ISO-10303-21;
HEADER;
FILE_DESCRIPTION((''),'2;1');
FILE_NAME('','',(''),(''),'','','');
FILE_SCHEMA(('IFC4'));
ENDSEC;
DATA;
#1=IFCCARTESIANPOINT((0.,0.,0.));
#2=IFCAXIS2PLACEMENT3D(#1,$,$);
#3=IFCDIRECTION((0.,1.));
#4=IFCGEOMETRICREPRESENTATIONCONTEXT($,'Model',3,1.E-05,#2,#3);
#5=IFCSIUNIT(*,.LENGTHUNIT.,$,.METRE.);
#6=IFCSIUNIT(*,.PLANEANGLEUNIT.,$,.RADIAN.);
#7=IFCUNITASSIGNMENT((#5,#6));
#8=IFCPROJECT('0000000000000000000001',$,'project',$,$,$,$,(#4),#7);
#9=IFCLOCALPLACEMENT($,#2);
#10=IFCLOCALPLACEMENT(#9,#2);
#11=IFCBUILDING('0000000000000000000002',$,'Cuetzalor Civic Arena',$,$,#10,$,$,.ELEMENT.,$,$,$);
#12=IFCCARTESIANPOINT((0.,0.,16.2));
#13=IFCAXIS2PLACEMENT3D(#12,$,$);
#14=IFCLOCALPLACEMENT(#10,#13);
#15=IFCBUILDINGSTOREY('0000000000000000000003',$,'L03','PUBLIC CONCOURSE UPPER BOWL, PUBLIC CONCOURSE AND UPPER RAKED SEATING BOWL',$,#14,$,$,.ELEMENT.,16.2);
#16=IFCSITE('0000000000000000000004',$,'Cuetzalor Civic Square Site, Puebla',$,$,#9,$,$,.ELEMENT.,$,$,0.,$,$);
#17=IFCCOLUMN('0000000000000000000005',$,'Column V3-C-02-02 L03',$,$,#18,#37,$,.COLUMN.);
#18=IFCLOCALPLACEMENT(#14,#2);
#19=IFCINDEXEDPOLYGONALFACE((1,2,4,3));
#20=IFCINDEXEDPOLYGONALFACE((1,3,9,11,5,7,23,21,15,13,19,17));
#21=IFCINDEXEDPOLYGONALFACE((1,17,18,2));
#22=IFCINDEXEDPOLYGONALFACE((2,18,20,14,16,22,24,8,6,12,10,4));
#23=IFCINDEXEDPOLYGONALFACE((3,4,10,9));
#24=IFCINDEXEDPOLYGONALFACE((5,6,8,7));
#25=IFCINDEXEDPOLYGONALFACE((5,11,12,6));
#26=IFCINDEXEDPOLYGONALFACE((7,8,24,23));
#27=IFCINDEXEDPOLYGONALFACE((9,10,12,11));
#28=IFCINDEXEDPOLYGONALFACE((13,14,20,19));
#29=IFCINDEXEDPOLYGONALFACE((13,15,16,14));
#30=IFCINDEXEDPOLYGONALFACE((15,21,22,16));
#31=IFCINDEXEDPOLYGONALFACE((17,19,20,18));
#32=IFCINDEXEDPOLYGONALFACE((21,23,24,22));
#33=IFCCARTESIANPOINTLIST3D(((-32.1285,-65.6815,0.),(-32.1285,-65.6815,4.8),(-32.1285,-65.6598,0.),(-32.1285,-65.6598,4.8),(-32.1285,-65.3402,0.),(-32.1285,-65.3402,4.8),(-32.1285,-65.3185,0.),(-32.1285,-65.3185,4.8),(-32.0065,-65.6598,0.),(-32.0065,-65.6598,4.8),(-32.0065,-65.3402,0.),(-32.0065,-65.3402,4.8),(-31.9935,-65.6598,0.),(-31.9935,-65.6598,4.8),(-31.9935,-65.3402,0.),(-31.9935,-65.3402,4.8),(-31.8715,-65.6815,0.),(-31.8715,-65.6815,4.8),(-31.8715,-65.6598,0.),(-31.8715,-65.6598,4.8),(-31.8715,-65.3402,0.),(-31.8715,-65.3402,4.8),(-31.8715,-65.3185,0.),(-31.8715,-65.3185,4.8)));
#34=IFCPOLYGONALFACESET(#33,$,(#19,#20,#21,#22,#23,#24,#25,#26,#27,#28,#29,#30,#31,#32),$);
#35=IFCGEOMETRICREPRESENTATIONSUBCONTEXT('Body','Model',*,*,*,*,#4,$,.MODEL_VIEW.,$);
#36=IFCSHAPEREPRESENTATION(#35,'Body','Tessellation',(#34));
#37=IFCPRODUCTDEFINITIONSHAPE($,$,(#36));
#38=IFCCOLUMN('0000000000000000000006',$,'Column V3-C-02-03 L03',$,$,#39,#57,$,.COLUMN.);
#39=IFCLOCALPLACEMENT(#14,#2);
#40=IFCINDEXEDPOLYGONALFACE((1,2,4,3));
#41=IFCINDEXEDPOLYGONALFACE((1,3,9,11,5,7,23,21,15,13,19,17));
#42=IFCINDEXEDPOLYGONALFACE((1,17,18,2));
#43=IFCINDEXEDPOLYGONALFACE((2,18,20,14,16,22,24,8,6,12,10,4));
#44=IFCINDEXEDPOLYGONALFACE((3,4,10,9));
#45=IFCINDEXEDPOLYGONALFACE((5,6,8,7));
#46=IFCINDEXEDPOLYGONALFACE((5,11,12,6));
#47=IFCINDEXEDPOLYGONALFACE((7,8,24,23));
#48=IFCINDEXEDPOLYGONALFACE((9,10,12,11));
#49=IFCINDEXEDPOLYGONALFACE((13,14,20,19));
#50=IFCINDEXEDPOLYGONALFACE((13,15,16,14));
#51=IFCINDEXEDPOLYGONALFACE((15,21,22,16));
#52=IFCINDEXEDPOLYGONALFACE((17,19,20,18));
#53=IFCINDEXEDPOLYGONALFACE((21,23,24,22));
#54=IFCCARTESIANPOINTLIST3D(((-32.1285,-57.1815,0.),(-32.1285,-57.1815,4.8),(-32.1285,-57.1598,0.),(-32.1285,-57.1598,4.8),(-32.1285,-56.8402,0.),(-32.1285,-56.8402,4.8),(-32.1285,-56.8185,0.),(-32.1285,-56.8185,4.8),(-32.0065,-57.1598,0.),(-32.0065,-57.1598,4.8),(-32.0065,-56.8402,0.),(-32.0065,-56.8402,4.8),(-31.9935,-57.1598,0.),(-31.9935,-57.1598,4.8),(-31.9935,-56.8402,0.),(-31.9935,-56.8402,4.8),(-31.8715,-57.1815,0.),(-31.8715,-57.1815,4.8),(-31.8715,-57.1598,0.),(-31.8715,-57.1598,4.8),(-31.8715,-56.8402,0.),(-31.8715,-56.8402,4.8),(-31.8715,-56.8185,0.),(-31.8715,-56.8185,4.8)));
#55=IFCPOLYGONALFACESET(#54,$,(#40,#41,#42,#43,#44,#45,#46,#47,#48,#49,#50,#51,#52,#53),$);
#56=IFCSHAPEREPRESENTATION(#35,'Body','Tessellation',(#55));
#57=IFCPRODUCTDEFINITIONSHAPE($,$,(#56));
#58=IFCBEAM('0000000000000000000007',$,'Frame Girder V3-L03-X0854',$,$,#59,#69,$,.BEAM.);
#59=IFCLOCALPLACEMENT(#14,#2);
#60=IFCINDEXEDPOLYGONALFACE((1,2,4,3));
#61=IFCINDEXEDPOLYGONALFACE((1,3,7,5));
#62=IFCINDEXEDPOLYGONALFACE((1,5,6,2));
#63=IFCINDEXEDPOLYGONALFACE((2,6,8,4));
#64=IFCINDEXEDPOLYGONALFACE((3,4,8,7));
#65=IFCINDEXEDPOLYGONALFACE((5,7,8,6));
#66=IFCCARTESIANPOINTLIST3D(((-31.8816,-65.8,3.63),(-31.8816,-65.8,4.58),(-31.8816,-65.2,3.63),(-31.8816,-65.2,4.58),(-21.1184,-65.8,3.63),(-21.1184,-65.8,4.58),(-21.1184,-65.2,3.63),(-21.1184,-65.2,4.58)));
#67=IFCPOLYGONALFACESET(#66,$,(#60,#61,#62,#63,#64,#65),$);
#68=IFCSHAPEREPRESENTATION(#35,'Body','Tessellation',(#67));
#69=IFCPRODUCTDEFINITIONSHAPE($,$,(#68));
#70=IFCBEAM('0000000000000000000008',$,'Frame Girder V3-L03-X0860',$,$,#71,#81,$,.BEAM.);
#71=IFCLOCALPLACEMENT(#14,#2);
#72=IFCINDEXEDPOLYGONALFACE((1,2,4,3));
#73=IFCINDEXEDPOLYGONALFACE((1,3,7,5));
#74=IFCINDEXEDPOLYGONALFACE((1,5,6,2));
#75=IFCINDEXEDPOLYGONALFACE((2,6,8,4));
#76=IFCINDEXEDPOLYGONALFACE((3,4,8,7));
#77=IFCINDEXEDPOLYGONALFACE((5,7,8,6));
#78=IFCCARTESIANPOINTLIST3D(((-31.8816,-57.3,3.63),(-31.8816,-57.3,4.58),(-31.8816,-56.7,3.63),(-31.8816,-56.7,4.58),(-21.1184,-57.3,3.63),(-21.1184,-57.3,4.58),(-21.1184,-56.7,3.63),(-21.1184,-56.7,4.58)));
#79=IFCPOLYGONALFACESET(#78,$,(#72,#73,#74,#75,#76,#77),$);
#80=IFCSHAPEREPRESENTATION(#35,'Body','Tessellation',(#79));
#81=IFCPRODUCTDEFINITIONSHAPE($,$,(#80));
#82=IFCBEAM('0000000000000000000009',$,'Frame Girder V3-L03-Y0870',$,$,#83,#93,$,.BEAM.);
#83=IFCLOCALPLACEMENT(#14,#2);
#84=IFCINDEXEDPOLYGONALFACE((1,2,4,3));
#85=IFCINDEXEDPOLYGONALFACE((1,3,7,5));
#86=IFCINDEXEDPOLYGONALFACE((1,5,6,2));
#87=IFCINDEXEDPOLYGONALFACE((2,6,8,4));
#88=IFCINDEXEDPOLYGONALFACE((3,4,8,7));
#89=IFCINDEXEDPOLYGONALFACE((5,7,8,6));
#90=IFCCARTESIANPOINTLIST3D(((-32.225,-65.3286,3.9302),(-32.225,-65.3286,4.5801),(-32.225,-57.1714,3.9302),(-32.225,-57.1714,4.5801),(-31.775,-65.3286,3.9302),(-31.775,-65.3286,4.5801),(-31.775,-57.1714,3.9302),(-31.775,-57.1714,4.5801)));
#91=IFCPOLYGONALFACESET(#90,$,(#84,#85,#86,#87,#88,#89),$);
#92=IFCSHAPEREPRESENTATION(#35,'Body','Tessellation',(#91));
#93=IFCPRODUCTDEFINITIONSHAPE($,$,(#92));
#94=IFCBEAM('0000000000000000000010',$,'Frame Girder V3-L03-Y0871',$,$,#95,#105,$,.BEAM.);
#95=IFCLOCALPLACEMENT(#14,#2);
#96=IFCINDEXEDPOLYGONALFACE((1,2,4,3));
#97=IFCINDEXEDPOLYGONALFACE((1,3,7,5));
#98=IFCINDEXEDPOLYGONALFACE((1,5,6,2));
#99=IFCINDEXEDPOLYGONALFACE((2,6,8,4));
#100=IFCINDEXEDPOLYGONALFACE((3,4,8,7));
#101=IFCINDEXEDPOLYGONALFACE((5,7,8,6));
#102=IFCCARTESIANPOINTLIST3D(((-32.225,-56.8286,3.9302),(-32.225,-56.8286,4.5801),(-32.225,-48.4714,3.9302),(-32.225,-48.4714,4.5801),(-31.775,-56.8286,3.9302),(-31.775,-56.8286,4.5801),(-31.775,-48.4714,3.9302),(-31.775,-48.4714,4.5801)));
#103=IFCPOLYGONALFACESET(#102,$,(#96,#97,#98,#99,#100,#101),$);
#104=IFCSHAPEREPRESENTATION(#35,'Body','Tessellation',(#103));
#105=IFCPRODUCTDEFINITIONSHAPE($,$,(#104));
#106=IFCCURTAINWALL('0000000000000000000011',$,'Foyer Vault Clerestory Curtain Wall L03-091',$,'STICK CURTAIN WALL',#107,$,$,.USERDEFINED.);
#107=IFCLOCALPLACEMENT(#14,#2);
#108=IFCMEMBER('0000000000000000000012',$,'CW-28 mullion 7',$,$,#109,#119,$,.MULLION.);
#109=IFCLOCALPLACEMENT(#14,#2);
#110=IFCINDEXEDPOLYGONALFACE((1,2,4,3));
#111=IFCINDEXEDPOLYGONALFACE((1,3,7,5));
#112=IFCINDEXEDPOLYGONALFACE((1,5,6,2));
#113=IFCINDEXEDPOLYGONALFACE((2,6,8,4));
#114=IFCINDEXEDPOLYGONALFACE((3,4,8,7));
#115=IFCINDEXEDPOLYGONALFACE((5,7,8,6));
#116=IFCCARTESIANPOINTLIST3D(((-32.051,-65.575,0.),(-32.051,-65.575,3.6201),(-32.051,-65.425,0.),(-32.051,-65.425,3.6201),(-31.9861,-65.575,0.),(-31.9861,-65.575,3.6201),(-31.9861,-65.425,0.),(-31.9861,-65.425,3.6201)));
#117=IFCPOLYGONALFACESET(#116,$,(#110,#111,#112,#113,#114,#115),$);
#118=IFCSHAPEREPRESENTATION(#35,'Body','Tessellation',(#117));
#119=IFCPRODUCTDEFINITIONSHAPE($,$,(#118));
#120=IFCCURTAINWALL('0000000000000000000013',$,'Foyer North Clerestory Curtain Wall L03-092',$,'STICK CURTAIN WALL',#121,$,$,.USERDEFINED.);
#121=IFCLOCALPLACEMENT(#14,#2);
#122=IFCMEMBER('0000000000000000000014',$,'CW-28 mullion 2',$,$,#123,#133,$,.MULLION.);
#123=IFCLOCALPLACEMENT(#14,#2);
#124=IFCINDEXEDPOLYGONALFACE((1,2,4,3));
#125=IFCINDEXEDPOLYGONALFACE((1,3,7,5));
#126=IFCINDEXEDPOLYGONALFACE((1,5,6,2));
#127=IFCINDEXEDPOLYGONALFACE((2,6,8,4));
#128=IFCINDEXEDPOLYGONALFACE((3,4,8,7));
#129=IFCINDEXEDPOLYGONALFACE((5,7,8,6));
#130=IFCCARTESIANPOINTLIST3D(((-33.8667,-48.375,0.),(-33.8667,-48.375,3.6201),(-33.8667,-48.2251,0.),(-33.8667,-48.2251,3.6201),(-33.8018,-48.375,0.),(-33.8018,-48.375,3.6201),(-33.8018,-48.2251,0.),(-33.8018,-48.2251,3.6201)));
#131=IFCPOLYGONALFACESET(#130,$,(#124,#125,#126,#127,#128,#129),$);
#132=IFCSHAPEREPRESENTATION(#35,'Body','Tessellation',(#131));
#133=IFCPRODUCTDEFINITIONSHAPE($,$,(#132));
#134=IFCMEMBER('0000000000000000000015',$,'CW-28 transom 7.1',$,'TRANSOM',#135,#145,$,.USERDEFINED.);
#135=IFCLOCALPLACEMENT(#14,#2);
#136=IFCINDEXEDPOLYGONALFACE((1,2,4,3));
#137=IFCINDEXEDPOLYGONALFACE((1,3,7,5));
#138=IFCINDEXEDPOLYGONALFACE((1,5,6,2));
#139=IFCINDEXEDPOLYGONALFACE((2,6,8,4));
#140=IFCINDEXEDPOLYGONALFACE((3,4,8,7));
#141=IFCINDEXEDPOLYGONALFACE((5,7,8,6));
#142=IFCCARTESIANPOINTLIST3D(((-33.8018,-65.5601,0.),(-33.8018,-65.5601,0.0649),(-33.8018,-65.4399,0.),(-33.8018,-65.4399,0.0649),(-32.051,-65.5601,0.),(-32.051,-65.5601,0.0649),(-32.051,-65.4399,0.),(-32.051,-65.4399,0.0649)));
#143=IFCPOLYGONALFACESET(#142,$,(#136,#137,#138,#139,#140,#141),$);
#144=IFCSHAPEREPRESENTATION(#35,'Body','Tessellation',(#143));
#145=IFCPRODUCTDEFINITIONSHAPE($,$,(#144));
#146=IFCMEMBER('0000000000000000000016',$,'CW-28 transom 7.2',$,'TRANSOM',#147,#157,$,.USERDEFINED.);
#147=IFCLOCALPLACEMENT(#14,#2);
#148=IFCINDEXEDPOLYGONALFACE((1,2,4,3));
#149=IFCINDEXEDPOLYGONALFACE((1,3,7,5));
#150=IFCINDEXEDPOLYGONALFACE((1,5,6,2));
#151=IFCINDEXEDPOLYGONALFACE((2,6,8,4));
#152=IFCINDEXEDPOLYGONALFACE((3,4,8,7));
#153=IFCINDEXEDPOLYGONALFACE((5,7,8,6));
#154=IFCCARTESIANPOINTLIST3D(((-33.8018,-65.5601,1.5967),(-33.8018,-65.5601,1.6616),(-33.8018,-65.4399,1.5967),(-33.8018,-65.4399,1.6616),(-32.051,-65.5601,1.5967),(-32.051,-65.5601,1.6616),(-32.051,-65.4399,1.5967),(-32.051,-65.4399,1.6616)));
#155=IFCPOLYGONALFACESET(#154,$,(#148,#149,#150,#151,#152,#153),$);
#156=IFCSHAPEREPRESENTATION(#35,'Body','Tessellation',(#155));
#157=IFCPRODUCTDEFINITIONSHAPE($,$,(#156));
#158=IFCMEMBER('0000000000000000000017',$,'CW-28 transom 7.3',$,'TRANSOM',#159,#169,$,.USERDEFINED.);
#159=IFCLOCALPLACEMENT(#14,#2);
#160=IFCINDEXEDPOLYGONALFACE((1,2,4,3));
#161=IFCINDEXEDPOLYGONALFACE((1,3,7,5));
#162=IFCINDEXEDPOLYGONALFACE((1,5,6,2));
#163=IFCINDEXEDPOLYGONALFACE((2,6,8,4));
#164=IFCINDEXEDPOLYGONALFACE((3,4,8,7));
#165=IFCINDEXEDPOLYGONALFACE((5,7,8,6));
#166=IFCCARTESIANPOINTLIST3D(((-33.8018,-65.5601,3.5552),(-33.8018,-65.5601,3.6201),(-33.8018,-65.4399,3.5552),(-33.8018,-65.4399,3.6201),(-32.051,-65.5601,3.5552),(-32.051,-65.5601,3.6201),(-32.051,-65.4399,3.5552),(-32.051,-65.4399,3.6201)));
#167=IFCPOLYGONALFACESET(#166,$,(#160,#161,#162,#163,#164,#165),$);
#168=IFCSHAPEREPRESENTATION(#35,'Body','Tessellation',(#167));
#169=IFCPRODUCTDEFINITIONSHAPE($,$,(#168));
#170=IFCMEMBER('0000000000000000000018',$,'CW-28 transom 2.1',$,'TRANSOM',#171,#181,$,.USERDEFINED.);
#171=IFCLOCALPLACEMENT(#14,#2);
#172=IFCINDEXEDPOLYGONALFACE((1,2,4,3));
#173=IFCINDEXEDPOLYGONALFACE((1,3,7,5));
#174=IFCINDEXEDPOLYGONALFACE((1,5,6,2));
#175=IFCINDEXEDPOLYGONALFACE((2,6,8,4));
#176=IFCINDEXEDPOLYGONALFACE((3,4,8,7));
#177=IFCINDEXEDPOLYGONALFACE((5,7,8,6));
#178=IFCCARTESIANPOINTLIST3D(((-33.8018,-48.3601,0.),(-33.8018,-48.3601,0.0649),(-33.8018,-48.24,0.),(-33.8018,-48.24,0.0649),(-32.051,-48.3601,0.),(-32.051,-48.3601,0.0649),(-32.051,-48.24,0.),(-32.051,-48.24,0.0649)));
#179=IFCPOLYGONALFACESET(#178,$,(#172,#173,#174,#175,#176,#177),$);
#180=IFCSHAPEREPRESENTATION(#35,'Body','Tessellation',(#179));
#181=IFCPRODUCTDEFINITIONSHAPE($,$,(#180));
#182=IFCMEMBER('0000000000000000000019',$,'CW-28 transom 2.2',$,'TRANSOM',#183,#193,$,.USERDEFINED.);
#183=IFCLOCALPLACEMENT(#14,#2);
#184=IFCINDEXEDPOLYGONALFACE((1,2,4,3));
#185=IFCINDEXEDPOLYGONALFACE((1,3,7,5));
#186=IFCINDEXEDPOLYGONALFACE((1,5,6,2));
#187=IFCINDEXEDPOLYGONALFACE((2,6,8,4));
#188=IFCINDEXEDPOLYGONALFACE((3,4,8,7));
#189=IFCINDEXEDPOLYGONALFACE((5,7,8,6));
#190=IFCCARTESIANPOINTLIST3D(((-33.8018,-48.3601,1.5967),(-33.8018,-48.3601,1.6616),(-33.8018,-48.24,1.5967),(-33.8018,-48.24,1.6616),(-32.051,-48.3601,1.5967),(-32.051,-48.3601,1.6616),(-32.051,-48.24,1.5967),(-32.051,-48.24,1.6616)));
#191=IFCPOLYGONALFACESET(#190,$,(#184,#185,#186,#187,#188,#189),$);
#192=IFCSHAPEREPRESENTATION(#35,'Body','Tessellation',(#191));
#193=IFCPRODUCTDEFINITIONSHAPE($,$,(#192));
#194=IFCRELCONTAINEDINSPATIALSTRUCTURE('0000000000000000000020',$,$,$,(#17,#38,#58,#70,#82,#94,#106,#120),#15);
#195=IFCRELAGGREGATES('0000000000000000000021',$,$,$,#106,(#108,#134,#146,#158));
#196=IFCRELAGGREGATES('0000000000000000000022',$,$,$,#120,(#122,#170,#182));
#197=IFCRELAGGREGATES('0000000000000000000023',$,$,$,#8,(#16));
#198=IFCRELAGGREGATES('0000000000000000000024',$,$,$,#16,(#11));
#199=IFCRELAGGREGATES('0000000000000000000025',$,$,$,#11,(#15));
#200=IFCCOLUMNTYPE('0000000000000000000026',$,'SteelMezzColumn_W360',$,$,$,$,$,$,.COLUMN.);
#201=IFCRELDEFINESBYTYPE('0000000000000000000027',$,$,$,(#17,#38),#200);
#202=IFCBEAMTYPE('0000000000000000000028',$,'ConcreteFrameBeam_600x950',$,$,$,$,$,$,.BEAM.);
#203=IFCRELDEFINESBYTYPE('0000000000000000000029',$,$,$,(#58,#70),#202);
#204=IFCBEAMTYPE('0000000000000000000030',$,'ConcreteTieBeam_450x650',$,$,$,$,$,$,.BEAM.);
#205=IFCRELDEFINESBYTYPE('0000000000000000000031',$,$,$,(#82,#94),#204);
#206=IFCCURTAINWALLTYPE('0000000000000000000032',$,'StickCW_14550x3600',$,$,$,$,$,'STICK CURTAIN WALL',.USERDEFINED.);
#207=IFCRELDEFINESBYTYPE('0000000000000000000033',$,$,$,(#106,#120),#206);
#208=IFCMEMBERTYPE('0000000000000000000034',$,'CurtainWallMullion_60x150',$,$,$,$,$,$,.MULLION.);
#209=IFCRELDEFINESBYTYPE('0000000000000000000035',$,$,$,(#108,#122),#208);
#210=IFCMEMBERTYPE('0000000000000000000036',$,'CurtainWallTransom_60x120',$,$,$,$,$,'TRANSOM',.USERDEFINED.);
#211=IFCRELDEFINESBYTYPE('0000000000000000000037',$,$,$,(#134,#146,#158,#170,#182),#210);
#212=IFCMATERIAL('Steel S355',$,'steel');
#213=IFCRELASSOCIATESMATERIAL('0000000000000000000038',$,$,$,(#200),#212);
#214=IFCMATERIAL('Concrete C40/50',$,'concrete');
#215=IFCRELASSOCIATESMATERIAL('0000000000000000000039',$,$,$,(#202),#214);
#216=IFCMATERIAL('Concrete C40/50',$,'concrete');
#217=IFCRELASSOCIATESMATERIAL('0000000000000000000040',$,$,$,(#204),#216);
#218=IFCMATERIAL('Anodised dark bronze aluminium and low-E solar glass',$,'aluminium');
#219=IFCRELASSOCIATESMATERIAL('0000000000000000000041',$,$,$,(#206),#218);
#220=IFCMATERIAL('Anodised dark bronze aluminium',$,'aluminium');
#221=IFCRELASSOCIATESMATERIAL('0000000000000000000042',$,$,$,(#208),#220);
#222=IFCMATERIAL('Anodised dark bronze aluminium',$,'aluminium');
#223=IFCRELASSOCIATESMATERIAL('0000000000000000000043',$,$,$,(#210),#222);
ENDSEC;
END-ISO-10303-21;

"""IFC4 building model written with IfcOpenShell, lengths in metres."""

from ifc_helpers import new_model, si_unit, direction, frame, origin, origin_2d, place, context, subcontext, project, spatial, rectangle, i_section, extrude, material, material_profile, profile_set, type_object, element, aggregate, save


model = new_model("IFC4")

# Units and contexts
model_context = context("Model", 3, precision=1e-05, world=origin(), true_north=direction((0.0, 1.0)))
body_context = subcontext(model_context, "Body", "Model", "MODEL_VIEW")
ifc_project = project(units=[si_unit("LENGTHUNIT", "METRE"), si_unit("PLANEANGLEUNIT", "RADIAN")], contexts=[model_context])

# Site, building, storey
site_placement = place(None, origin())
site = spatial("IfcSite", under=ifc_project, at=site_placement, Name="Cuetzalor Civic Square Site, Puebla", CompositionType="ELEMENT", RefElevation=0.0)
building_placement = place(site_placement, origin())
building = spatial("IfcBuilding", under=site, at=building_placement, Name="Cuetzalor Civic Arena", CompositionType="ELEMENT")
storey_placement = place(building_placement, frame((0.0, 0.0, 16.2)))
storey = spatial("IfcBuildingStorey", under=building, at=storey_placement, Name="L03", Description="PUBLIC CONCOURSE UPPER BOWL, PUBLIC CONCOURSE AND UPPER RAKED SEATING BOWL", CompositionType="ELEMENT", Elevation=16.2)

# Columns
ifc_material_1 = material(Name="Steel S355", Category="steel")
ifc_material_profile_1 = material_profile(ifc_material_1, i_section(OverallWidth=0.2571, OverallDepth=0.363, WebThickness=0.0129, FlangeThickness=0.0217, at=origin_2d()), Name="W360x122")
ifc_profile_set_1 = profile_set([ifc_material_profile_1], Name="Steel S355")
column_type = type_object("IfcColumnType", Name="SteelMezzColumn_W360", PredefinedType="COLUMN", material=ifc_profile_set_1)
for number, where, z_axis, x_axis, name in (
    (1, (-32.0, -65.5, 0.0), (0.0, 0.0, 1.0), (1.0, 0.0, 0.0), "Column V3-C-02-02 L03"),
    (2, (-32.0, -57.0, 0.0), (0.0, 0.0, 1.0), (1.0, 0.0, 0.0), "Column V3-C-02-03 L03"),
):
    element("IfcColumn", number, at=place(storey_placement, frame(where, z_axis=z_axis, x_axis=x_axis)), inside=storey, type_object=column_type, Name=name, PredefinedType="COLUMN", context=body_context, shape_type="SweptSolid", body=[
        extrude(i_section(OverallWidth=0.2571, OverallDepth=0.363, WebThickness=0.0129, FlangeThickness=0.0217, at=origin_2d()), origin(), (0.0, 0.0, 1.0), 4.8),
    ])

# Beams
ifc_material_2 = material(Name="Concrete C40/50", Category="concrete")
ifc_material_profile_2 = material_profile(ifc_material_2, rectangle(XDim=0.6001, YDim=0.95, at=origin_2d()), Name="RC 600x950")
ifc_profile_set_2 = profile_set([ifc_material_profile_2], Name="Concrete C40/50")
beam_type_1 = type_object("IfcBeamType", Name="ConcreteFrameBeam_600x950", PredefinedType="BEAM", material=ifc_profile_set_2)
for number, where, z_axis, x_axis, name in (
    (3, (-31.8816, -65.5, 4.105), (1.0, 0.0, 0.0), (0.0, 1.0, 0.0), "Frame Girder V3-L03-X0854"),
    (4, (-31.8816, -57.0, 4.105), (1.0, 0.0, 0.0), (0.0, 1.0, 0.0), "Frame Girder V3-L03-X0860"),
):
    element("IfcBeam", number, at=place(storey_placement, frame(where, z_axis=z_axis, x_axis=x_axis)), inside=storey, type_object=beam_type_1, Name=name, PredefinedType="BEAM", context=body_context, shape_type="SweptSolid", body=[
        extrude(rectangle(XDim=0.6001, YDim=0.95, at=origin_2d()), origin(), (0.0, 0.0, 1.0), 10.7632),
    ])
ifc_material_3 = material(Name="Concrete C40/50", Category="concrete")
ifc_material_profile_3 = material_profile(ifc_material_3, rectangle(XDim=0.45, YDim=0.6499, at=origin_2d()), Name="RC 450x650")
ifc_profile_set_3 = profile_set([ifc_material_profile_3], Name="Concrete C40/50")
beam_type_2 = type_object("IfcBeamType", Name="ConcreteTieBeam_450x650", PredefinedType="BEAM", material=ifc_profile_set_3)
beam_1_placement = place(storey_placement, frame((-32.0, -65.3286, 4.2551), z_axis=(0.0, 1.0, 0.0), x_axis=(-1.0, 0.0, 0.0)))
element("IfcBeam", 5, at=beam_1_placement, inside=storey, type_object=beam_type_2, Name="Frame Girder V3-L03-Y0870", PredefinedType="BEAM", context=body_context, shape_type="SweptSolid", body=[
    extrude(rectangle(XDim=0.45, YDim=0.6499, at=origin_2d()), origin(), (0.0, 0.0, 1.0), 8.1572),
])
beam_2_placement = place(storey_placement, frame((-32.0, -56.8286, 4.2551), z_axis=(0.0, 1.0, 0.0), x_axis=(-1.0, 0.0, 0.0)))
element("IfcBeam", 6, at=beam_2_placement, inside=storey, type_object=beam_type_2, Name="Frame Girder V3-L03-Y0871", PredefinedType="BEAM", context=body_context, shape_type="SweptSolid", body=[
    extrude(rectangle(XDim=0.45, YDim=0.6499, at=origin_2d()), origin(), (0.0, 0.0, 1.0), 8.3572),
])

# Curtain walls, members
ifc_material_4 = material(Name="Anodised dark bronze aluminium and low-E solar glass", Category="aluminium")
curtain_wall_type = type_object("IfcCurtainWallType", Name="StickCW_14550x3600", ElementType="STICK CURTAIN WALL", PredefinedType="USERDEFINED", material=ifc_material_4)
curtain_wall_1_placement = place(storey_placement, origin())
curtain_wall_1 = element("IfcCurtainWall", 7, at=curtain_wall_1_placement, inside=storey, type_object=curtain_wall_type, Name="Foyer Vault Clerestory Curtain Wall L03-091", ObjectType="STICK CURTAIN WALL", PredefinedType="USERDEFINED")
ifc_material_5 = material(Name="Anodised dark bronze aluminium", Category="aluminium")
ifc_material_profile_4 = material_profile(ifc_material_5, rectangle(XDim=0.0649, YDim=0.1499, at=origin_2d()), Name="ALU MULLION 65x150")
ifc_profile_set_4 = profile_set([ifc_material_profile_4], Name="Anodised dark bronze aluminium")
member_type_1 = type_object("IfcMemberType", Name="CurtainWallMullion_60x150", PredefinedType="MULLION", material=ifc_profile_set_4)
member_1_placement = place(storey_placement, frame((-32.0186, -65.5, 0.0), z_axis=(0.0, 0.0, 1.0), x_axis=(-1.0, 0.0, 0.0)))
member_1 = element("IfcMember", 8, at=member_1_placement, type_object=member_type_1, Name="CW-28 mullion 7", PredefinedType="MULLION", context=body_context, shape_type="SweptSolid", body=[
    extrude(rectangle(XDim=0.0649, YDim=0.1499, at=origin_2d()), origin(), (0.0, 0.0, 1.0), 3.6201),
])
curtain_wall_2_placement = place(storey_placement, origin())
curtain_wall_2 = element("IfcCurtainWall", 9, at=curtain_wall_2_placement, inside=storey, type_object=curtain_wall_type, Name="Foyer North Clerestory Curtain Wall L03-092", ObjectType="STICK CURTAIN WALL", PredefinedType="USERDEFINED")
member_2_placement = place(storey_placement, frame((-33.8342, -48.3, 0.0), z_axis=(0.0, 0.0, 1.0), x_axis=(1.0, 0.0, 0.0)))
member_2 = element("IfcMember", 10, at=member_2_placement, type_object=member_type_1, Name="CW-28 mullion 2", PredefinedType="MULLION", context=body_context, shape_type="SweptSolid", body=[
    extrude(rectangle(XDim=0.0649, YDim=0.1499, at=origin_2d()), origin(), (0.0, 0.0, 1.0), 3.6201),
])

# Members
ifc_material_6 = material(Name="Anodised dark bronze aluminium", Category="aluminium")
ifc_material_profile_5 = material_profile(ifc_material_6, rectangle(XDim=0.1201, YDim=0.0649, at=origin_2d()), Name="ALU TRANSOM 65x120")
ifc_profile_set_5 = profile_set([ifc_material_profile_5], Name="Anodised dark bronze aluminium")
member_type_2 = type_object("IfcMemberType", Name="CurtainWallTransom_60x120", ElementType="TRANSOM", PredefinedType="USERDEFINED", material=ifc_profile_set_5)
member_3_placement = place(storey_placement, frame((-32.051, -65.5, 0.0325), z_axis=(-1.0, 0.0, 0.0), x_axis=(0.0, -1.0, 0.0)))
member_3 = element("IfcMember", 11, at=member_3_placement, type_object=member_type_2, Name="CW-28 transom 7.1", ObjectType="TRANSOM", PredefinedType="USERDEFINED", context=body_context, shape_type="SweptSolid", body=[
    extrude(rectangle(XDim=0.1201, YDim=0.0649, at=origin_2d()), origin(), (0.0, 0.0, 1.0), 1.7507),
])
member_4_placement = place(storey_placement, frame((-32.051, -65.5, 1.6292), z_axis=(-1.0, 0.0, 0.0), x_axis=(0.0, -1.0, 0.0)))
member_4 = element("IfcMember", 12, at=member_4_placement, type_object=member_type_2, Name="CW-28 transom 7.2", ObjectType="TRANSOM", PredefinedType="USERDEFINED", context=body_context, shape_type="SweptSolid", body=[
    extrude(rectangle(XDim=0.1201, YDim=0.0649, at=origin_2d()), origin(), (0.0, 0.0, 1.0), 1.7507),
])
member_5_placement = place(storey_placement, frame((-32.051, -65.5, 3.5876), z_axis=(-1.0, 0.0, 0.0), x_axis=(0.0, -1.0, 0.0)))
member_5 = element("IfcMember", 13, at=member_5_placement, type_object=member_type_2, Name="CW-28 transom 7.3", ObjectType="TRANSOM", PredefinedType="USERDEFINED", context=body_context, shape_type="SweptSolid", body=[
    extrude(rectangle(XDim=0.1201, YDim=0.0649, at=origin_2d()), origin(), (0.0, 0.0, 1.0), 1.7507),
])
member_6_placement = place(storey_placement, frame((-33.8018, -48.3, 0.0325), z_axis=(1.0, 0.0, 0.0), x_axis=(0.0, 1.0, 0.0)))
member_6 = element("IfcMember", 14, at=member_6_placement, type_object=member_type_2, Name="CW-28 transom 2.1", ObjectType="TRANSOM", PredefinedType="USERDEFINED", context=body_context, shape_type="SweptSolid", body=[
    extrude(rectangle(XDim=0.1201, YDim=0.0649, at=origin_2d()), origin(), (0.0, 0.0, 1.0), 1.7507),
])
member_7_placement = place(storey_placement, frame((-33.8018, -48.3, 1.6292), z_axis=(1.0, 0.0, 0.0), x_axis=(0.0, 1.0, 0.0)))
member_7 = element("IfcMember", 15, at=member_7_placement, type_object=member_type_2, Name="CW-28 transom 2.2", ObjectType="TRANSOM", PredefinedType="USERDEFINED", context=body_context, shape_type="SweptSolid", body=[
    extrude(rectangle(XDim=0.1201, YDim=0.0649, at=origin_2d()), origin(), (0.0, 0.0, 1.0), 1.7507),
])

aggregate(curtain_wall_1, [member_1, member_3, member_4, member_5])
aggregate(curtain_wall_2, [member_2, member_6, member_7])

save(model, "model.ifc")
